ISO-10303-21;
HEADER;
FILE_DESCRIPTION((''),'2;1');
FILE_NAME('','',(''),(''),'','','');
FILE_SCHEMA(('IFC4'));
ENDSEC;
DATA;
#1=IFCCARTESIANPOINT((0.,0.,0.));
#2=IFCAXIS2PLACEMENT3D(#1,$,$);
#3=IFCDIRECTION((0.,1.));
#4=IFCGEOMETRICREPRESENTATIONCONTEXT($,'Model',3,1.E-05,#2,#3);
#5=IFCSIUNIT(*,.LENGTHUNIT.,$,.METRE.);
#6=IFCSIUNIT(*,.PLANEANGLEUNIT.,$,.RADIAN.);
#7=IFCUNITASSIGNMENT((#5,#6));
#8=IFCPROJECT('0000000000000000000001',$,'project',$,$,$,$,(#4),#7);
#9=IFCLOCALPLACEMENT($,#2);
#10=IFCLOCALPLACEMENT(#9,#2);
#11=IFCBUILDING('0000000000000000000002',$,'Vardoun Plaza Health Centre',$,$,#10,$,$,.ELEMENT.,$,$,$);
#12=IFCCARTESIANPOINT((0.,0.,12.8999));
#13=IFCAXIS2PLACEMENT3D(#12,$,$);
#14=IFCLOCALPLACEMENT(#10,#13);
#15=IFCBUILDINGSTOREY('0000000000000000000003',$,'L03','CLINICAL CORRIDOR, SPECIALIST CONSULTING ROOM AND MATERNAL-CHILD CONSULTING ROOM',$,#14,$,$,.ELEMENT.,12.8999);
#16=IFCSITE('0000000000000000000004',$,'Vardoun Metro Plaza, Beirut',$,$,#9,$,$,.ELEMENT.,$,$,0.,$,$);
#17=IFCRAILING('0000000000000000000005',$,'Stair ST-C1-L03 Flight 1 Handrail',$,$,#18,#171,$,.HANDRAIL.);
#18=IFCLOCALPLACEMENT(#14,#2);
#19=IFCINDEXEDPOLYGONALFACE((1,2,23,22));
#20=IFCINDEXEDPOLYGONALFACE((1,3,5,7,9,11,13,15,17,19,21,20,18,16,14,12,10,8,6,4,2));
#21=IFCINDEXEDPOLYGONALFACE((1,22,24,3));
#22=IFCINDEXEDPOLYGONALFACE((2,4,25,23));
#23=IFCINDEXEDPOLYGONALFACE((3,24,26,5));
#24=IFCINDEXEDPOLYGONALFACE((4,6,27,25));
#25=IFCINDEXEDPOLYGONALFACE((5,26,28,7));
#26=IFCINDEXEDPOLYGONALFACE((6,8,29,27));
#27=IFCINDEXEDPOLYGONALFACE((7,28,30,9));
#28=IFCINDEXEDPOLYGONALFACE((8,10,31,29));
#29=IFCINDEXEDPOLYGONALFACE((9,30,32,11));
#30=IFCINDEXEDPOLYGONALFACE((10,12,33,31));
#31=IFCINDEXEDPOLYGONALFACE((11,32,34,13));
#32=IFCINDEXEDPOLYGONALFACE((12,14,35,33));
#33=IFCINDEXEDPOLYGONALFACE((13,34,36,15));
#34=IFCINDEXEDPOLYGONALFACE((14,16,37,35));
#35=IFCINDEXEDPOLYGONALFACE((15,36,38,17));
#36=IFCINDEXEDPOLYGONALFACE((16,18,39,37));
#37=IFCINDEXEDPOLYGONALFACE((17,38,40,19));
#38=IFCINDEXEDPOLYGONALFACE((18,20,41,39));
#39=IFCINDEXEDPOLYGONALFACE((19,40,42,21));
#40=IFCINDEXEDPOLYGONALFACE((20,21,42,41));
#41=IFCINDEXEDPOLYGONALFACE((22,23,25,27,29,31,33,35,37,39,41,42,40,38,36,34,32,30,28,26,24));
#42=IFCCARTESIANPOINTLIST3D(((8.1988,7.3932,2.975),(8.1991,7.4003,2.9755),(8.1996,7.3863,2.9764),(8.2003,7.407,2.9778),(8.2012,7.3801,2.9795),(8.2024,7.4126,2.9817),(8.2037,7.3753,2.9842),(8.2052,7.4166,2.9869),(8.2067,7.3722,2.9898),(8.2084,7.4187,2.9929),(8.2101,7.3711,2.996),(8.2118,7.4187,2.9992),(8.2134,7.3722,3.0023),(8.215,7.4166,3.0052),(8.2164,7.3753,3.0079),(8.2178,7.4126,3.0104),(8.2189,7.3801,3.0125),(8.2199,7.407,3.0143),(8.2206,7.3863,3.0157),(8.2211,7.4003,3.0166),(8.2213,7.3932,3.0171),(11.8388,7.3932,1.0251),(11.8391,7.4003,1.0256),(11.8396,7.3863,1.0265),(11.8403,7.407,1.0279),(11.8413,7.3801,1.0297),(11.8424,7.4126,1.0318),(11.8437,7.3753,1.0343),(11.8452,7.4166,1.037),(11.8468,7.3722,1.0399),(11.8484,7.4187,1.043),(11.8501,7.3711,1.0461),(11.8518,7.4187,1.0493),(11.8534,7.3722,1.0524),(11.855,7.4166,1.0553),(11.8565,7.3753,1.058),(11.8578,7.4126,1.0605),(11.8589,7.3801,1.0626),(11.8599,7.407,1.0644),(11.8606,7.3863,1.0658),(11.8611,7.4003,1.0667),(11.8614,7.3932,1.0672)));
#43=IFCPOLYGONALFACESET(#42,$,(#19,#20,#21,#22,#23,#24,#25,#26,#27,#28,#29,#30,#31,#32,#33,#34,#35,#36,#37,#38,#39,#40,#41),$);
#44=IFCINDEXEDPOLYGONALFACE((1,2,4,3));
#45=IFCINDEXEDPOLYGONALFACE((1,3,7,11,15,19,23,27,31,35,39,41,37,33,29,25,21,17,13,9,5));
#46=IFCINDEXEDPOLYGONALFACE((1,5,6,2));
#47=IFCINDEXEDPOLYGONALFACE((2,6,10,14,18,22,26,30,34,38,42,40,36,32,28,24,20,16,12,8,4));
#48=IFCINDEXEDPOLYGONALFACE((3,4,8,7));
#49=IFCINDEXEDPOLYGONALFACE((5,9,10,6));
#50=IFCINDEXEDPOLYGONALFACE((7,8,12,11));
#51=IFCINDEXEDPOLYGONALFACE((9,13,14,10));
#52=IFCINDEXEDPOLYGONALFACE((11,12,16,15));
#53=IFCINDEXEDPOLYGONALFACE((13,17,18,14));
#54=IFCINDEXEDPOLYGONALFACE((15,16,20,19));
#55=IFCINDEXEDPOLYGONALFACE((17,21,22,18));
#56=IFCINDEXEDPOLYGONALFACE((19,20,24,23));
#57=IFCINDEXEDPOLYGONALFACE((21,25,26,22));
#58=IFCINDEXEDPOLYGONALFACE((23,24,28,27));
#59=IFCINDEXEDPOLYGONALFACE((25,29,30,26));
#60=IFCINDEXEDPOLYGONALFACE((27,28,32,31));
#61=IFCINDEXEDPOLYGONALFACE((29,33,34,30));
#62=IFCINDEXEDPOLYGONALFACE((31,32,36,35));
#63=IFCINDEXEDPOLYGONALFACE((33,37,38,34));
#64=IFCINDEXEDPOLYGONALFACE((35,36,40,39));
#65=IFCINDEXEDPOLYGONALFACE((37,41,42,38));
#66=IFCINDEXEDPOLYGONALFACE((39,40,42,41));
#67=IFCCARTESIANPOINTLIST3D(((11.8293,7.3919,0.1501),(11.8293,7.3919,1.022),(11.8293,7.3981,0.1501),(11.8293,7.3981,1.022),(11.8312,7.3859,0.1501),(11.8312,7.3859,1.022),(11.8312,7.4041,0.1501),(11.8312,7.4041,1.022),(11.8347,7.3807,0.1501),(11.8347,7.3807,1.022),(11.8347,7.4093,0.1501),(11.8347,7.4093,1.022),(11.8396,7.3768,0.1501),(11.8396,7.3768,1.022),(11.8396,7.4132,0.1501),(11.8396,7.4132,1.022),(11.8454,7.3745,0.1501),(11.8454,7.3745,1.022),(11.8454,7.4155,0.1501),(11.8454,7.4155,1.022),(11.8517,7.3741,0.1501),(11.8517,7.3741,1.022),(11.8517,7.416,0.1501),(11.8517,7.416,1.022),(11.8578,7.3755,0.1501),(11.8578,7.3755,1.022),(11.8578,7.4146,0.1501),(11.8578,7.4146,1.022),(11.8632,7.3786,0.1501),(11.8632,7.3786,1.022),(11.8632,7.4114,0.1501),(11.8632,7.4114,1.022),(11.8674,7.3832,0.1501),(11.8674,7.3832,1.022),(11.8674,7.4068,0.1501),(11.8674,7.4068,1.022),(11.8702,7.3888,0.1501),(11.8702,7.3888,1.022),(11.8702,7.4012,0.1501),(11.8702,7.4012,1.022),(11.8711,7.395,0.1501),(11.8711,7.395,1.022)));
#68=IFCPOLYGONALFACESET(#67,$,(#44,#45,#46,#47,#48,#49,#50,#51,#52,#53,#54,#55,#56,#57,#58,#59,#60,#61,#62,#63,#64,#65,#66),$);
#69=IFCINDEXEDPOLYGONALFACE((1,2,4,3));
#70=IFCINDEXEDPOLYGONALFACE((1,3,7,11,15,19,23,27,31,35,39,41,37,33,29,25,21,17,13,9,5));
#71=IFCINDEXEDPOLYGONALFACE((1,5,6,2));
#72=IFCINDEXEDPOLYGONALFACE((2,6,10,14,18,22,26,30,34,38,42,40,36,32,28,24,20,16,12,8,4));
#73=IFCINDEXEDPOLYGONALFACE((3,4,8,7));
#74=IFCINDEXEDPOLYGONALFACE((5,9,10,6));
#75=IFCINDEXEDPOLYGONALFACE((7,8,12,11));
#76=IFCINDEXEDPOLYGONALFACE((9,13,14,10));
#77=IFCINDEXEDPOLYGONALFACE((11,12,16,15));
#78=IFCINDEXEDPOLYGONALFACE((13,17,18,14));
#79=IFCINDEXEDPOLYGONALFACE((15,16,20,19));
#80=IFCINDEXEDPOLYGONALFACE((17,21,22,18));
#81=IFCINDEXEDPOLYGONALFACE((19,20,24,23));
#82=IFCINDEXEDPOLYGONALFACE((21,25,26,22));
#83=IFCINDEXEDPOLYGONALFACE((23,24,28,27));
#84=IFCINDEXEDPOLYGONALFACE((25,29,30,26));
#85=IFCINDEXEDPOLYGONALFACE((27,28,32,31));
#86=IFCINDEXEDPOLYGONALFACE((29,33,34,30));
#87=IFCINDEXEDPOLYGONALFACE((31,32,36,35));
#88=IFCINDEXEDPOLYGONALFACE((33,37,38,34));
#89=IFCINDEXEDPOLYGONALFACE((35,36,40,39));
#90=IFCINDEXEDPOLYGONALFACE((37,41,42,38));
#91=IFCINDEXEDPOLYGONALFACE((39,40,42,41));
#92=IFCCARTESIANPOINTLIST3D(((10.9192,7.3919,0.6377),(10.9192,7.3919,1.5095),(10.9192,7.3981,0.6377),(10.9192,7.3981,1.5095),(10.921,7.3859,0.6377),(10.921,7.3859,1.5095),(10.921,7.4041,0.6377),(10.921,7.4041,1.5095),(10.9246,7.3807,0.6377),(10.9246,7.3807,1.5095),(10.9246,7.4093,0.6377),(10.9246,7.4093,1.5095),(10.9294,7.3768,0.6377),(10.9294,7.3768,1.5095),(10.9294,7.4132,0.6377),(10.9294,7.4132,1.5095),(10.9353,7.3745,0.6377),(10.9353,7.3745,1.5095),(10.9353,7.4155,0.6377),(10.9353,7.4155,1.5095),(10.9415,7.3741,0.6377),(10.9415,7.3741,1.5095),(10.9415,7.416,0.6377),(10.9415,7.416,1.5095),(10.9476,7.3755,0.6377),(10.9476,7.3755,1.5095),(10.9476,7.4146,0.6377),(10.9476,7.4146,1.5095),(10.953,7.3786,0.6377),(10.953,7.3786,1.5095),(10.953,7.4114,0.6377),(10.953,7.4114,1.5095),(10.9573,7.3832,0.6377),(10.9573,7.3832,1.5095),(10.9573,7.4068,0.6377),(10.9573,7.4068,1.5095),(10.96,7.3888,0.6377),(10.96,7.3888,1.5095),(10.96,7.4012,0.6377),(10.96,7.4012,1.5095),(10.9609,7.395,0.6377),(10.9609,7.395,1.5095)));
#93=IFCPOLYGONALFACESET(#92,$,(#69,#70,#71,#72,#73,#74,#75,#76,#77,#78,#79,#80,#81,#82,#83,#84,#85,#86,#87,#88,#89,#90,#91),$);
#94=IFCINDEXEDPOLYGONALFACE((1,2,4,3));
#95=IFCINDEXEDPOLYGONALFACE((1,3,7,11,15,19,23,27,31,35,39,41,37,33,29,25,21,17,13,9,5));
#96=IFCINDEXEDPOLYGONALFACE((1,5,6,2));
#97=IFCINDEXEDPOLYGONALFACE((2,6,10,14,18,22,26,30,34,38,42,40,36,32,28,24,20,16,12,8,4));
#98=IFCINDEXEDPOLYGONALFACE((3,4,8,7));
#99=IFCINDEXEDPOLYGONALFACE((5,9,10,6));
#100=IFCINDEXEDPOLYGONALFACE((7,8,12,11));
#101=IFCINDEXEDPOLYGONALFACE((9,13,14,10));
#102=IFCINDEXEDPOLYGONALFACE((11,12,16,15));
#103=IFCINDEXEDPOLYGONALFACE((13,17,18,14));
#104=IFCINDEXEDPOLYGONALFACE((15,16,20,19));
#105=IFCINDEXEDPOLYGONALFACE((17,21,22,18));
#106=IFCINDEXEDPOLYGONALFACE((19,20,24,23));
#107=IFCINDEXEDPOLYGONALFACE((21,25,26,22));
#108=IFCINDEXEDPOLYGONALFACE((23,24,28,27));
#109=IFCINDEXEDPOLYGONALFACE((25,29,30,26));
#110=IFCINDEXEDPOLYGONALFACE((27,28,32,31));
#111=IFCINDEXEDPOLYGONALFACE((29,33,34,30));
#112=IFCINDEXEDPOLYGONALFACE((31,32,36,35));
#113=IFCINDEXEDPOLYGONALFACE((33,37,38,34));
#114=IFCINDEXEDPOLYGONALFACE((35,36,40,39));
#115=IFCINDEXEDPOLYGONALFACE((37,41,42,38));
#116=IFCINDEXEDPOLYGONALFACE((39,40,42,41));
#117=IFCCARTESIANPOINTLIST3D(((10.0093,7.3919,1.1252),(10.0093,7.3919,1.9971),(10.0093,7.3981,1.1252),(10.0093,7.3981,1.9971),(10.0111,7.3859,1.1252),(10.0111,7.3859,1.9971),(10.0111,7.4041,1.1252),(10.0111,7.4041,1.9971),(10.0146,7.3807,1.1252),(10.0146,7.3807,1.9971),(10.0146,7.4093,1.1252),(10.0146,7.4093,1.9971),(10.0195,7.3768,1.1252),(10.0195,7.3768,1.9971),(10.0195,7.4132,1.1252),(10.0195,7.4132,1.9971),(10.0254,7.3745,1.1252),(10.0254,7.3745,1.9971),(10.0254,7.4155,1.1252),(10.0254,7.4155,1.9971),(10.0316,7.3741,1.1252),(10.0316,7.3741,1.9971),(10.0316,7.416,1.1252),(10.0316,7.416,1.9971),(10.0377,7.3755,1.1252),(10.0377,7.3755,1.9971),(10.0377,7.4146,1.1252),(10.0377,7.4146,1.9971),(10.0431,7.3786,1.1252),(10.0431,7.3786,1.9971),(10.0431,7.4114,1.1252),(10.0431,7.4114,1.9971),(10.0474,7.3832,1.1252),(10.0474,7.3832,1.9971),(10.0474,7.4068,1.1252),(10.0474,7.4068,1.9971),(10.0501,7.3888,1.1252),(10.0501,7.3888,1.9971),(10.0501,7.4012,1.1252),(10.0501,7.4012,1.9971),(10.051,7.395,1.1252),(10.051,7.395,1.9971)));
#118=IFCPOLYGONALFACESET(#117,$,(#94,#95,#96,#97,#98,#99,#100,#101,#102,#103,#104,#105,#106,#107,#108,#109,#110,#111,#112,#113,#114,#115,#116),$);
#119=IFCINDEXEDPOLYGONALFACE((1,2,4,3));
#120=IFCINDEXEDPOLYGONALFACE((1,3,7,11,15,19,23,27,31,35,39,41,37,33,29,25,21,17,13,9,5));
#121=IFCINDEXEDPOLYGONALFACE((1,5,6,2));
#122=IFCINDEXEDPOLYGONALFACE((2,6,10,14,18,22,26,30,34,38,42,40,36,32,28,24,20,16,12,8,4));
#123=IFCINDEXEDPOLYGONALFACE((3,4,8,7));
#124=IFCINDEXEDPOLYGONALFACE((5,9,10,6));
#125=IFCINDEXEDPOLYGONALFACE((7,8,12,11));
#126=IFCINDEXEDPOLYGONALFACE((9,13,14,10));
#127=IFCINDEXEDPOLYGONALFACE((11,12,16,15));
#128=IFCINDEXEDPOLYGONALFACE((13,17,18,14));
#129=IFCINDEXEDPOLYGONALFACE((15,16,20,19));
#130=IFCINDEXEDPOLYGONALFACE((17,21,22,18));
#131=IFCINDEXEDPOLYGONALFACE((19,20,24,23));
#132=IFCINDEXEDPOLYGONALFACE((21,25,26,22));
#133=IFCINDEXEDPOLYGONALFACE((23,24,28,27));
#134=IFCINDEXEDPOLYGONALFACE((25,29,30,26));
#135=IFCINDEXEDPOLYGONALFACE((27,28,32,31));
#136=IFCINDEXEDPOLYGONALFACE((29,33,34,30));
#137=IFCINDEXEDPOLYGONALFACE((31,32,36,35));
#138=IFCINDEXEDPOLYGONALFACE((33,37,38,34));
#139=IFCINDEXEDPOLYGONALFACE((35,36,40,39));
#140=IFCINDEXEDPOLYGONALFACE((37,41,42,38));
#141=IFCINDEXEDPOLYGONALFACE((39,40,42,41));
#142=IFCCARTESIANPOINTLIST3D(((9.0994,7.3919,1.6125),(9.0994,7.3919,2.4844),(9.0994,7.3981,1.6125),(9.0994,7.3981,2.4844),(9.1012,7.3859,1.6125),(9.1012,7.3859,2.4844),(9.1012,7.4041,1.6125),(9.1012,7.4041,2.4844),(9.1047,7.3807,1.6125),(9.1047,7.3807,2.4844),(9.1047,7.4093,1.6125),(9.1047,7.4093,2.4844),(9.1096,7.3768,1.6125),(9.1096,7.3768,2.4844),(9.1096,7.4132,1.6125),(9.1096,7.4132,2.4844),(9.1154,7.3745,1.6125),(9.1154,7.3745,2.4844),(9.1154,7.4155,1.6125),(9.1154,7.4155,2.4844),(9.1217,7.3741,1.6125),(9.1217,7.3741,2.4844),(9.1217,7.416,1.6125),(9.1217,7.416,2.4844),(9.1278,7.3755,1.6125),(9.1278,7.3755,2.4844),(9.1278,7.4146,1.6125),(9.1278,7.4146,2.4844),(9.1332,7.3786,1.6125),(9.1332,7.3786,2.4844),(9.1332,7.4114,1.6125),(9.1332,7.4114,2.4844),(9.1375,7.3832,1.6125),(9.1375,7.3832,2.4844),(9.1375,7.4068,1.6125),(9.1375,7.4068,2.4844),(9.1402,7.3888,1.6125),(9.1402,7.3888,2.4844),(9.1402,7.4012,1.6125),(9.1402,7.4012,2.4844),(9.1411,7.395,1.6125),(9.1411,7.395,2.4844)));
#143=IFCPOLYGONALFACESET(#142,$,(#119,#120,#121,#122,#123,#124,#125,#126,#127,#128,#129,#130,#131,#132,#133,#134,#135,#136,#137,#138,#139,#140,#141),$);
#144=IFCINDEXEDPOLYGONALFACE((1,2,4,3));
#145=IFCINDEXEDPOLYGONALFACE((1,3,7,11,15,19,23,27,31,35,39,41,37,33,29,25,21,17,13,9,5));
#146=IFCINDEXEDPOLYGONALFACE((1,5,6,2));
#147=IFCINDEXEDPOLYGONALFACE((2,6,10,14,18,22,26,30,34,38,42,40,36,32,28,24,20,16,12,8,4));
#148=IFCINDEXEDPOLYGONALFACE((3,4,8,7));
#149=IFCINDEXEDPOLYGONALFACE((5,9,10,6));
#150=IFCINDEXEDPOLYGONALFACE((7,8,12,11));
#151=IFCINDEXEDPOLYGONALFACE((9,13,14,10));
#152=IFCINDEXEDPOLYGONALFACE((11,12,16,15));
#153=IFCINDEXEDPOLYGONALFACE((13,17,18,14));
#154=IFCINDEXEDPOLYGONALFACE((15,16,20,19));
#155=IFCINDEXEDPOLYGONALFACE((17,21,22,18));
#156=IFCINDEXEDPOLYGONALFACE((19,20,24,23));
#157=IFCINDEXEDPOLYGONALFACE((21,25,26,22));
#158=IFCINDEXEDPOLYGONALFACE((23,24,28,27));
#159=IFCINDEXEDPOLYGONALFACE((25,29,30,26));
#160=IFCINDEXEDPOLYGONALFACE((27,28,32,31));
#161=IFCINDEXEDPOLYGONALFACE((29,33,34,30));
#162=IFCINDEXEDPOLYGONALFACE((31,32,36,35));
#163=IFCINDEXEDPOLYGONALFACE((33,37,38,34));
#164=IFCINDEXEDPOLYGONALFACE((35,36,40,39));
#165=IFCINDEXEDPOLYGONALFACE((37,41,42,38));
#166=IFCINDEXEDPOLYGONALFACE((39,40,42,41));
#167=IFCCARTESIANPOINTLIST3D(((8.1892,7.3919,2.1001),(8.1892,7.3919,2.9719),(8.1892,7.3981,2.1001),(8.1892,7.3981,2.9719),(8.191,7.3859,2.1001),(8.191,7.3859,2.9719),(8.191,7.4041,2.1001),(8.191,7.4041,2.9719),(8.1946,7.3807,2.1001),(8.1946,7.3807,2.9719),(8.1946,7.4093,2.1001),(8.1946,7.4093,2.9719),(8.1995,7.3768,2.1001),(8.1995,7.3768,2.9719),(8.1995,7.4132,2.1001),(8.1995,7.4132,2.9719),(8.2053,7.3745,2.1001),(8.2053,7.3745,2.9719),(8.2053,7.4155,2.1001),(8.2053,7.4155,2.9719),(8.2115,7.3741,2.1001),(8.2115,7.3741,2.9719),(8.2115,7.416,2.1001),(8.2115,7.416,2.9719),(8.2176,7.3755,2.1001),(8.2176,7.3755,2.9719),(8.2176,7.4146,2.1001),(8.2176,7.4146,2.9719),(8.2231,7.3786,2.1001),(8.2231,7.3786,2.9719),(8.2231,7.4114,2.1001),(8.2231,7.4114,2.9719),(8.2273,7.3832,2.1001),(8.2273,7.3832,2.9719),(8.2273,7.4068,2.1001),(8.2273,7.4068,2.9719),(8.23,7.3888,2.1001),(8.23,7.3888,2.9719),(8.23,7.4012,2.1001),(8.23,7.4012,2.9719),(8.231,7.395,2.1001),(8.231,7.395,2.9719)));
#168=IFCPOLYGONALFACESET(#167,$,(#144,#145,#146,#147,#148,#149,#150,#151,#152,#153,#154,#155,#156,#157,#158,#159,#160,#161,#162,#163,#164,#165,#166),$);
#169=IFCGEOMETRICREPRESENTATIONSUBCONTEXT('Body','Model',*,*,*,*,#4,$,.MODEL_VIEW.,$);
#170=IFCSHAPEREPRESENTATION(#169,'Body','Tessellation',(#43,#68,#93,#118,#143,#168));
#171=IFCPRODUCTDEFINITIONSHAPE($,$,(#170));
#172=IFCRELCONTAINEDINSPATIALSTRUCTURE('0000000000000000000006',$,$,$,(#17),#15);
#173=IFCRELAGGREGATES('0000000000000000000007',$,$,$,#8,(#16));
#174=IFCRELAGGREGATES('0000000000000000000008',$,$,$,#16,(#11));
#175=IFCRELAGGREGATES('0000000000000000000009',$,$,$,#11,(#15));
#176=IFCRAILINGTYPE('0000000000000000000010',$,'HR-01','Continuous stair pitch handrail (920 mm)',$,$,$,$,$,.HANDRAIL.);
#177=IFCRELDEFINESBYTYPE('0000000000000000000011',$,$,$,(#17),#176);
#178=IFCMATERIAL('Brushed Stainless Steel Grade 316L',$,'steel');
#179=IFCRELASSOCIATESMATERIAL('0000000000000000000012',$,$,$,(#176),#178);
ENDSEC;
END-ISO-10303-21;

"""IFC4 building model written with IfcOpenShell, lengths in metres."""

from ifc_helpers import new_model, si_unit, direction, frame, origin, origin_2d, place, context, subcontext, project, spatial, circle, extrude, material, type_object, element, save


model = new_model("IFC4")

# Units and contexts
model_context = context("Model", 3, precision=1e-05, world=origin(), true_north=direction((0.0, 1.0)))
body_context = subcontext(model_context, "Body", "Model", "MODEL_VIEW")
ifc_project = project(units=[si_unit("LENGTHUNIT", "METRE"), si_unit("PLANEANGLEUNIT", "RADIAN")], contexts=[model_context])

# Site, building, storey
site_placement = place(None, origin())
site = spatial("IfcSite", under=ifc_project, at=site_placement, Name="Vardoun Metro Plaza, Beirut", CompositionType="ELEMENT", RefElevation=0.0)
building_placement = place(site_placement, origin())
building = spatial("IfcBuilding", under=site, at=building_placement, Name="Vardoun Plaza Health Centre", CompositionType="ELEMENT")
storey_placement = place(building_placement, frame((0.0, 0.0, 12.8999)))
storey = spatial("IfcBuildingStorey", under=building, at=storey_placement, Name="L03", Description="CLINICAL CORRIDOR, SPECIALIST CONSULTING ROOM AND MATERNAL-CHILD CONSULTING ROOM", CompositionType="ELEMENT", Elevation=12.8999)

# Railing
ifc_material_1 = material(Name="Brushed Stainless Steel Grade 316L", Category="steel")
railing_type_1 = type_object("IfcRailingType", Name="HR-01", Description="Continuous stair pitch handrail (920 mm)", PredefinedType="HANDRAIL", material=ifc_material_1)
railing_1_placement = place(storey_placement, frame((11.8501, 7.395, 0.1501)))
element("IfcRailing", 1, at=railing_1_placement, inside=storey, type_object=railing_type_1, Name="Stair ST-C1-L03 Flight 1 Handrail", PredefinedType="HANDRAIL", context=body_context, shape_type="SweptSolid", body=[
    extrude(circle(Radius=0.0239, at=origin_2d()), frame((0.0, 0.0, 0.896), z_axis=(-0.881492, 0.0, 0.472198), x_axis=(0.0, -1.0, 0.0)), (0.0, 0.0, 1.0), 4.1294),
    extrude(circle(Radius=0.021, at=origin_2d()), origin(), (0.0, 0.0, 1.0), 0.8718),
    extrude(circle(Radius=0.021, at=origin_2d()), frame((-0.9102, 0.0, 0.4875)), (0.0, 0.0, 1.0), 0.8718),
    extrude(circle(Radius=0.021, at=origin_2d()), frame((-1.8201, 0.0, 0.9751)), (0.0, 0.0, 1.0), 0.8718),
    extrude(circle(Radius=0.021, at=origin_2d()), frame((-2.73, 0.0, 1.4624)), (0.0, 0.0, 1.0), 0.8718),
    extrude(circle(Radius=0.021, at=origin_2d()), frame((-3.6401, 0.0, 1.95)), (0.0, 0.0, 1.0), 0.8718),
])

save(model, "model.ifc")
